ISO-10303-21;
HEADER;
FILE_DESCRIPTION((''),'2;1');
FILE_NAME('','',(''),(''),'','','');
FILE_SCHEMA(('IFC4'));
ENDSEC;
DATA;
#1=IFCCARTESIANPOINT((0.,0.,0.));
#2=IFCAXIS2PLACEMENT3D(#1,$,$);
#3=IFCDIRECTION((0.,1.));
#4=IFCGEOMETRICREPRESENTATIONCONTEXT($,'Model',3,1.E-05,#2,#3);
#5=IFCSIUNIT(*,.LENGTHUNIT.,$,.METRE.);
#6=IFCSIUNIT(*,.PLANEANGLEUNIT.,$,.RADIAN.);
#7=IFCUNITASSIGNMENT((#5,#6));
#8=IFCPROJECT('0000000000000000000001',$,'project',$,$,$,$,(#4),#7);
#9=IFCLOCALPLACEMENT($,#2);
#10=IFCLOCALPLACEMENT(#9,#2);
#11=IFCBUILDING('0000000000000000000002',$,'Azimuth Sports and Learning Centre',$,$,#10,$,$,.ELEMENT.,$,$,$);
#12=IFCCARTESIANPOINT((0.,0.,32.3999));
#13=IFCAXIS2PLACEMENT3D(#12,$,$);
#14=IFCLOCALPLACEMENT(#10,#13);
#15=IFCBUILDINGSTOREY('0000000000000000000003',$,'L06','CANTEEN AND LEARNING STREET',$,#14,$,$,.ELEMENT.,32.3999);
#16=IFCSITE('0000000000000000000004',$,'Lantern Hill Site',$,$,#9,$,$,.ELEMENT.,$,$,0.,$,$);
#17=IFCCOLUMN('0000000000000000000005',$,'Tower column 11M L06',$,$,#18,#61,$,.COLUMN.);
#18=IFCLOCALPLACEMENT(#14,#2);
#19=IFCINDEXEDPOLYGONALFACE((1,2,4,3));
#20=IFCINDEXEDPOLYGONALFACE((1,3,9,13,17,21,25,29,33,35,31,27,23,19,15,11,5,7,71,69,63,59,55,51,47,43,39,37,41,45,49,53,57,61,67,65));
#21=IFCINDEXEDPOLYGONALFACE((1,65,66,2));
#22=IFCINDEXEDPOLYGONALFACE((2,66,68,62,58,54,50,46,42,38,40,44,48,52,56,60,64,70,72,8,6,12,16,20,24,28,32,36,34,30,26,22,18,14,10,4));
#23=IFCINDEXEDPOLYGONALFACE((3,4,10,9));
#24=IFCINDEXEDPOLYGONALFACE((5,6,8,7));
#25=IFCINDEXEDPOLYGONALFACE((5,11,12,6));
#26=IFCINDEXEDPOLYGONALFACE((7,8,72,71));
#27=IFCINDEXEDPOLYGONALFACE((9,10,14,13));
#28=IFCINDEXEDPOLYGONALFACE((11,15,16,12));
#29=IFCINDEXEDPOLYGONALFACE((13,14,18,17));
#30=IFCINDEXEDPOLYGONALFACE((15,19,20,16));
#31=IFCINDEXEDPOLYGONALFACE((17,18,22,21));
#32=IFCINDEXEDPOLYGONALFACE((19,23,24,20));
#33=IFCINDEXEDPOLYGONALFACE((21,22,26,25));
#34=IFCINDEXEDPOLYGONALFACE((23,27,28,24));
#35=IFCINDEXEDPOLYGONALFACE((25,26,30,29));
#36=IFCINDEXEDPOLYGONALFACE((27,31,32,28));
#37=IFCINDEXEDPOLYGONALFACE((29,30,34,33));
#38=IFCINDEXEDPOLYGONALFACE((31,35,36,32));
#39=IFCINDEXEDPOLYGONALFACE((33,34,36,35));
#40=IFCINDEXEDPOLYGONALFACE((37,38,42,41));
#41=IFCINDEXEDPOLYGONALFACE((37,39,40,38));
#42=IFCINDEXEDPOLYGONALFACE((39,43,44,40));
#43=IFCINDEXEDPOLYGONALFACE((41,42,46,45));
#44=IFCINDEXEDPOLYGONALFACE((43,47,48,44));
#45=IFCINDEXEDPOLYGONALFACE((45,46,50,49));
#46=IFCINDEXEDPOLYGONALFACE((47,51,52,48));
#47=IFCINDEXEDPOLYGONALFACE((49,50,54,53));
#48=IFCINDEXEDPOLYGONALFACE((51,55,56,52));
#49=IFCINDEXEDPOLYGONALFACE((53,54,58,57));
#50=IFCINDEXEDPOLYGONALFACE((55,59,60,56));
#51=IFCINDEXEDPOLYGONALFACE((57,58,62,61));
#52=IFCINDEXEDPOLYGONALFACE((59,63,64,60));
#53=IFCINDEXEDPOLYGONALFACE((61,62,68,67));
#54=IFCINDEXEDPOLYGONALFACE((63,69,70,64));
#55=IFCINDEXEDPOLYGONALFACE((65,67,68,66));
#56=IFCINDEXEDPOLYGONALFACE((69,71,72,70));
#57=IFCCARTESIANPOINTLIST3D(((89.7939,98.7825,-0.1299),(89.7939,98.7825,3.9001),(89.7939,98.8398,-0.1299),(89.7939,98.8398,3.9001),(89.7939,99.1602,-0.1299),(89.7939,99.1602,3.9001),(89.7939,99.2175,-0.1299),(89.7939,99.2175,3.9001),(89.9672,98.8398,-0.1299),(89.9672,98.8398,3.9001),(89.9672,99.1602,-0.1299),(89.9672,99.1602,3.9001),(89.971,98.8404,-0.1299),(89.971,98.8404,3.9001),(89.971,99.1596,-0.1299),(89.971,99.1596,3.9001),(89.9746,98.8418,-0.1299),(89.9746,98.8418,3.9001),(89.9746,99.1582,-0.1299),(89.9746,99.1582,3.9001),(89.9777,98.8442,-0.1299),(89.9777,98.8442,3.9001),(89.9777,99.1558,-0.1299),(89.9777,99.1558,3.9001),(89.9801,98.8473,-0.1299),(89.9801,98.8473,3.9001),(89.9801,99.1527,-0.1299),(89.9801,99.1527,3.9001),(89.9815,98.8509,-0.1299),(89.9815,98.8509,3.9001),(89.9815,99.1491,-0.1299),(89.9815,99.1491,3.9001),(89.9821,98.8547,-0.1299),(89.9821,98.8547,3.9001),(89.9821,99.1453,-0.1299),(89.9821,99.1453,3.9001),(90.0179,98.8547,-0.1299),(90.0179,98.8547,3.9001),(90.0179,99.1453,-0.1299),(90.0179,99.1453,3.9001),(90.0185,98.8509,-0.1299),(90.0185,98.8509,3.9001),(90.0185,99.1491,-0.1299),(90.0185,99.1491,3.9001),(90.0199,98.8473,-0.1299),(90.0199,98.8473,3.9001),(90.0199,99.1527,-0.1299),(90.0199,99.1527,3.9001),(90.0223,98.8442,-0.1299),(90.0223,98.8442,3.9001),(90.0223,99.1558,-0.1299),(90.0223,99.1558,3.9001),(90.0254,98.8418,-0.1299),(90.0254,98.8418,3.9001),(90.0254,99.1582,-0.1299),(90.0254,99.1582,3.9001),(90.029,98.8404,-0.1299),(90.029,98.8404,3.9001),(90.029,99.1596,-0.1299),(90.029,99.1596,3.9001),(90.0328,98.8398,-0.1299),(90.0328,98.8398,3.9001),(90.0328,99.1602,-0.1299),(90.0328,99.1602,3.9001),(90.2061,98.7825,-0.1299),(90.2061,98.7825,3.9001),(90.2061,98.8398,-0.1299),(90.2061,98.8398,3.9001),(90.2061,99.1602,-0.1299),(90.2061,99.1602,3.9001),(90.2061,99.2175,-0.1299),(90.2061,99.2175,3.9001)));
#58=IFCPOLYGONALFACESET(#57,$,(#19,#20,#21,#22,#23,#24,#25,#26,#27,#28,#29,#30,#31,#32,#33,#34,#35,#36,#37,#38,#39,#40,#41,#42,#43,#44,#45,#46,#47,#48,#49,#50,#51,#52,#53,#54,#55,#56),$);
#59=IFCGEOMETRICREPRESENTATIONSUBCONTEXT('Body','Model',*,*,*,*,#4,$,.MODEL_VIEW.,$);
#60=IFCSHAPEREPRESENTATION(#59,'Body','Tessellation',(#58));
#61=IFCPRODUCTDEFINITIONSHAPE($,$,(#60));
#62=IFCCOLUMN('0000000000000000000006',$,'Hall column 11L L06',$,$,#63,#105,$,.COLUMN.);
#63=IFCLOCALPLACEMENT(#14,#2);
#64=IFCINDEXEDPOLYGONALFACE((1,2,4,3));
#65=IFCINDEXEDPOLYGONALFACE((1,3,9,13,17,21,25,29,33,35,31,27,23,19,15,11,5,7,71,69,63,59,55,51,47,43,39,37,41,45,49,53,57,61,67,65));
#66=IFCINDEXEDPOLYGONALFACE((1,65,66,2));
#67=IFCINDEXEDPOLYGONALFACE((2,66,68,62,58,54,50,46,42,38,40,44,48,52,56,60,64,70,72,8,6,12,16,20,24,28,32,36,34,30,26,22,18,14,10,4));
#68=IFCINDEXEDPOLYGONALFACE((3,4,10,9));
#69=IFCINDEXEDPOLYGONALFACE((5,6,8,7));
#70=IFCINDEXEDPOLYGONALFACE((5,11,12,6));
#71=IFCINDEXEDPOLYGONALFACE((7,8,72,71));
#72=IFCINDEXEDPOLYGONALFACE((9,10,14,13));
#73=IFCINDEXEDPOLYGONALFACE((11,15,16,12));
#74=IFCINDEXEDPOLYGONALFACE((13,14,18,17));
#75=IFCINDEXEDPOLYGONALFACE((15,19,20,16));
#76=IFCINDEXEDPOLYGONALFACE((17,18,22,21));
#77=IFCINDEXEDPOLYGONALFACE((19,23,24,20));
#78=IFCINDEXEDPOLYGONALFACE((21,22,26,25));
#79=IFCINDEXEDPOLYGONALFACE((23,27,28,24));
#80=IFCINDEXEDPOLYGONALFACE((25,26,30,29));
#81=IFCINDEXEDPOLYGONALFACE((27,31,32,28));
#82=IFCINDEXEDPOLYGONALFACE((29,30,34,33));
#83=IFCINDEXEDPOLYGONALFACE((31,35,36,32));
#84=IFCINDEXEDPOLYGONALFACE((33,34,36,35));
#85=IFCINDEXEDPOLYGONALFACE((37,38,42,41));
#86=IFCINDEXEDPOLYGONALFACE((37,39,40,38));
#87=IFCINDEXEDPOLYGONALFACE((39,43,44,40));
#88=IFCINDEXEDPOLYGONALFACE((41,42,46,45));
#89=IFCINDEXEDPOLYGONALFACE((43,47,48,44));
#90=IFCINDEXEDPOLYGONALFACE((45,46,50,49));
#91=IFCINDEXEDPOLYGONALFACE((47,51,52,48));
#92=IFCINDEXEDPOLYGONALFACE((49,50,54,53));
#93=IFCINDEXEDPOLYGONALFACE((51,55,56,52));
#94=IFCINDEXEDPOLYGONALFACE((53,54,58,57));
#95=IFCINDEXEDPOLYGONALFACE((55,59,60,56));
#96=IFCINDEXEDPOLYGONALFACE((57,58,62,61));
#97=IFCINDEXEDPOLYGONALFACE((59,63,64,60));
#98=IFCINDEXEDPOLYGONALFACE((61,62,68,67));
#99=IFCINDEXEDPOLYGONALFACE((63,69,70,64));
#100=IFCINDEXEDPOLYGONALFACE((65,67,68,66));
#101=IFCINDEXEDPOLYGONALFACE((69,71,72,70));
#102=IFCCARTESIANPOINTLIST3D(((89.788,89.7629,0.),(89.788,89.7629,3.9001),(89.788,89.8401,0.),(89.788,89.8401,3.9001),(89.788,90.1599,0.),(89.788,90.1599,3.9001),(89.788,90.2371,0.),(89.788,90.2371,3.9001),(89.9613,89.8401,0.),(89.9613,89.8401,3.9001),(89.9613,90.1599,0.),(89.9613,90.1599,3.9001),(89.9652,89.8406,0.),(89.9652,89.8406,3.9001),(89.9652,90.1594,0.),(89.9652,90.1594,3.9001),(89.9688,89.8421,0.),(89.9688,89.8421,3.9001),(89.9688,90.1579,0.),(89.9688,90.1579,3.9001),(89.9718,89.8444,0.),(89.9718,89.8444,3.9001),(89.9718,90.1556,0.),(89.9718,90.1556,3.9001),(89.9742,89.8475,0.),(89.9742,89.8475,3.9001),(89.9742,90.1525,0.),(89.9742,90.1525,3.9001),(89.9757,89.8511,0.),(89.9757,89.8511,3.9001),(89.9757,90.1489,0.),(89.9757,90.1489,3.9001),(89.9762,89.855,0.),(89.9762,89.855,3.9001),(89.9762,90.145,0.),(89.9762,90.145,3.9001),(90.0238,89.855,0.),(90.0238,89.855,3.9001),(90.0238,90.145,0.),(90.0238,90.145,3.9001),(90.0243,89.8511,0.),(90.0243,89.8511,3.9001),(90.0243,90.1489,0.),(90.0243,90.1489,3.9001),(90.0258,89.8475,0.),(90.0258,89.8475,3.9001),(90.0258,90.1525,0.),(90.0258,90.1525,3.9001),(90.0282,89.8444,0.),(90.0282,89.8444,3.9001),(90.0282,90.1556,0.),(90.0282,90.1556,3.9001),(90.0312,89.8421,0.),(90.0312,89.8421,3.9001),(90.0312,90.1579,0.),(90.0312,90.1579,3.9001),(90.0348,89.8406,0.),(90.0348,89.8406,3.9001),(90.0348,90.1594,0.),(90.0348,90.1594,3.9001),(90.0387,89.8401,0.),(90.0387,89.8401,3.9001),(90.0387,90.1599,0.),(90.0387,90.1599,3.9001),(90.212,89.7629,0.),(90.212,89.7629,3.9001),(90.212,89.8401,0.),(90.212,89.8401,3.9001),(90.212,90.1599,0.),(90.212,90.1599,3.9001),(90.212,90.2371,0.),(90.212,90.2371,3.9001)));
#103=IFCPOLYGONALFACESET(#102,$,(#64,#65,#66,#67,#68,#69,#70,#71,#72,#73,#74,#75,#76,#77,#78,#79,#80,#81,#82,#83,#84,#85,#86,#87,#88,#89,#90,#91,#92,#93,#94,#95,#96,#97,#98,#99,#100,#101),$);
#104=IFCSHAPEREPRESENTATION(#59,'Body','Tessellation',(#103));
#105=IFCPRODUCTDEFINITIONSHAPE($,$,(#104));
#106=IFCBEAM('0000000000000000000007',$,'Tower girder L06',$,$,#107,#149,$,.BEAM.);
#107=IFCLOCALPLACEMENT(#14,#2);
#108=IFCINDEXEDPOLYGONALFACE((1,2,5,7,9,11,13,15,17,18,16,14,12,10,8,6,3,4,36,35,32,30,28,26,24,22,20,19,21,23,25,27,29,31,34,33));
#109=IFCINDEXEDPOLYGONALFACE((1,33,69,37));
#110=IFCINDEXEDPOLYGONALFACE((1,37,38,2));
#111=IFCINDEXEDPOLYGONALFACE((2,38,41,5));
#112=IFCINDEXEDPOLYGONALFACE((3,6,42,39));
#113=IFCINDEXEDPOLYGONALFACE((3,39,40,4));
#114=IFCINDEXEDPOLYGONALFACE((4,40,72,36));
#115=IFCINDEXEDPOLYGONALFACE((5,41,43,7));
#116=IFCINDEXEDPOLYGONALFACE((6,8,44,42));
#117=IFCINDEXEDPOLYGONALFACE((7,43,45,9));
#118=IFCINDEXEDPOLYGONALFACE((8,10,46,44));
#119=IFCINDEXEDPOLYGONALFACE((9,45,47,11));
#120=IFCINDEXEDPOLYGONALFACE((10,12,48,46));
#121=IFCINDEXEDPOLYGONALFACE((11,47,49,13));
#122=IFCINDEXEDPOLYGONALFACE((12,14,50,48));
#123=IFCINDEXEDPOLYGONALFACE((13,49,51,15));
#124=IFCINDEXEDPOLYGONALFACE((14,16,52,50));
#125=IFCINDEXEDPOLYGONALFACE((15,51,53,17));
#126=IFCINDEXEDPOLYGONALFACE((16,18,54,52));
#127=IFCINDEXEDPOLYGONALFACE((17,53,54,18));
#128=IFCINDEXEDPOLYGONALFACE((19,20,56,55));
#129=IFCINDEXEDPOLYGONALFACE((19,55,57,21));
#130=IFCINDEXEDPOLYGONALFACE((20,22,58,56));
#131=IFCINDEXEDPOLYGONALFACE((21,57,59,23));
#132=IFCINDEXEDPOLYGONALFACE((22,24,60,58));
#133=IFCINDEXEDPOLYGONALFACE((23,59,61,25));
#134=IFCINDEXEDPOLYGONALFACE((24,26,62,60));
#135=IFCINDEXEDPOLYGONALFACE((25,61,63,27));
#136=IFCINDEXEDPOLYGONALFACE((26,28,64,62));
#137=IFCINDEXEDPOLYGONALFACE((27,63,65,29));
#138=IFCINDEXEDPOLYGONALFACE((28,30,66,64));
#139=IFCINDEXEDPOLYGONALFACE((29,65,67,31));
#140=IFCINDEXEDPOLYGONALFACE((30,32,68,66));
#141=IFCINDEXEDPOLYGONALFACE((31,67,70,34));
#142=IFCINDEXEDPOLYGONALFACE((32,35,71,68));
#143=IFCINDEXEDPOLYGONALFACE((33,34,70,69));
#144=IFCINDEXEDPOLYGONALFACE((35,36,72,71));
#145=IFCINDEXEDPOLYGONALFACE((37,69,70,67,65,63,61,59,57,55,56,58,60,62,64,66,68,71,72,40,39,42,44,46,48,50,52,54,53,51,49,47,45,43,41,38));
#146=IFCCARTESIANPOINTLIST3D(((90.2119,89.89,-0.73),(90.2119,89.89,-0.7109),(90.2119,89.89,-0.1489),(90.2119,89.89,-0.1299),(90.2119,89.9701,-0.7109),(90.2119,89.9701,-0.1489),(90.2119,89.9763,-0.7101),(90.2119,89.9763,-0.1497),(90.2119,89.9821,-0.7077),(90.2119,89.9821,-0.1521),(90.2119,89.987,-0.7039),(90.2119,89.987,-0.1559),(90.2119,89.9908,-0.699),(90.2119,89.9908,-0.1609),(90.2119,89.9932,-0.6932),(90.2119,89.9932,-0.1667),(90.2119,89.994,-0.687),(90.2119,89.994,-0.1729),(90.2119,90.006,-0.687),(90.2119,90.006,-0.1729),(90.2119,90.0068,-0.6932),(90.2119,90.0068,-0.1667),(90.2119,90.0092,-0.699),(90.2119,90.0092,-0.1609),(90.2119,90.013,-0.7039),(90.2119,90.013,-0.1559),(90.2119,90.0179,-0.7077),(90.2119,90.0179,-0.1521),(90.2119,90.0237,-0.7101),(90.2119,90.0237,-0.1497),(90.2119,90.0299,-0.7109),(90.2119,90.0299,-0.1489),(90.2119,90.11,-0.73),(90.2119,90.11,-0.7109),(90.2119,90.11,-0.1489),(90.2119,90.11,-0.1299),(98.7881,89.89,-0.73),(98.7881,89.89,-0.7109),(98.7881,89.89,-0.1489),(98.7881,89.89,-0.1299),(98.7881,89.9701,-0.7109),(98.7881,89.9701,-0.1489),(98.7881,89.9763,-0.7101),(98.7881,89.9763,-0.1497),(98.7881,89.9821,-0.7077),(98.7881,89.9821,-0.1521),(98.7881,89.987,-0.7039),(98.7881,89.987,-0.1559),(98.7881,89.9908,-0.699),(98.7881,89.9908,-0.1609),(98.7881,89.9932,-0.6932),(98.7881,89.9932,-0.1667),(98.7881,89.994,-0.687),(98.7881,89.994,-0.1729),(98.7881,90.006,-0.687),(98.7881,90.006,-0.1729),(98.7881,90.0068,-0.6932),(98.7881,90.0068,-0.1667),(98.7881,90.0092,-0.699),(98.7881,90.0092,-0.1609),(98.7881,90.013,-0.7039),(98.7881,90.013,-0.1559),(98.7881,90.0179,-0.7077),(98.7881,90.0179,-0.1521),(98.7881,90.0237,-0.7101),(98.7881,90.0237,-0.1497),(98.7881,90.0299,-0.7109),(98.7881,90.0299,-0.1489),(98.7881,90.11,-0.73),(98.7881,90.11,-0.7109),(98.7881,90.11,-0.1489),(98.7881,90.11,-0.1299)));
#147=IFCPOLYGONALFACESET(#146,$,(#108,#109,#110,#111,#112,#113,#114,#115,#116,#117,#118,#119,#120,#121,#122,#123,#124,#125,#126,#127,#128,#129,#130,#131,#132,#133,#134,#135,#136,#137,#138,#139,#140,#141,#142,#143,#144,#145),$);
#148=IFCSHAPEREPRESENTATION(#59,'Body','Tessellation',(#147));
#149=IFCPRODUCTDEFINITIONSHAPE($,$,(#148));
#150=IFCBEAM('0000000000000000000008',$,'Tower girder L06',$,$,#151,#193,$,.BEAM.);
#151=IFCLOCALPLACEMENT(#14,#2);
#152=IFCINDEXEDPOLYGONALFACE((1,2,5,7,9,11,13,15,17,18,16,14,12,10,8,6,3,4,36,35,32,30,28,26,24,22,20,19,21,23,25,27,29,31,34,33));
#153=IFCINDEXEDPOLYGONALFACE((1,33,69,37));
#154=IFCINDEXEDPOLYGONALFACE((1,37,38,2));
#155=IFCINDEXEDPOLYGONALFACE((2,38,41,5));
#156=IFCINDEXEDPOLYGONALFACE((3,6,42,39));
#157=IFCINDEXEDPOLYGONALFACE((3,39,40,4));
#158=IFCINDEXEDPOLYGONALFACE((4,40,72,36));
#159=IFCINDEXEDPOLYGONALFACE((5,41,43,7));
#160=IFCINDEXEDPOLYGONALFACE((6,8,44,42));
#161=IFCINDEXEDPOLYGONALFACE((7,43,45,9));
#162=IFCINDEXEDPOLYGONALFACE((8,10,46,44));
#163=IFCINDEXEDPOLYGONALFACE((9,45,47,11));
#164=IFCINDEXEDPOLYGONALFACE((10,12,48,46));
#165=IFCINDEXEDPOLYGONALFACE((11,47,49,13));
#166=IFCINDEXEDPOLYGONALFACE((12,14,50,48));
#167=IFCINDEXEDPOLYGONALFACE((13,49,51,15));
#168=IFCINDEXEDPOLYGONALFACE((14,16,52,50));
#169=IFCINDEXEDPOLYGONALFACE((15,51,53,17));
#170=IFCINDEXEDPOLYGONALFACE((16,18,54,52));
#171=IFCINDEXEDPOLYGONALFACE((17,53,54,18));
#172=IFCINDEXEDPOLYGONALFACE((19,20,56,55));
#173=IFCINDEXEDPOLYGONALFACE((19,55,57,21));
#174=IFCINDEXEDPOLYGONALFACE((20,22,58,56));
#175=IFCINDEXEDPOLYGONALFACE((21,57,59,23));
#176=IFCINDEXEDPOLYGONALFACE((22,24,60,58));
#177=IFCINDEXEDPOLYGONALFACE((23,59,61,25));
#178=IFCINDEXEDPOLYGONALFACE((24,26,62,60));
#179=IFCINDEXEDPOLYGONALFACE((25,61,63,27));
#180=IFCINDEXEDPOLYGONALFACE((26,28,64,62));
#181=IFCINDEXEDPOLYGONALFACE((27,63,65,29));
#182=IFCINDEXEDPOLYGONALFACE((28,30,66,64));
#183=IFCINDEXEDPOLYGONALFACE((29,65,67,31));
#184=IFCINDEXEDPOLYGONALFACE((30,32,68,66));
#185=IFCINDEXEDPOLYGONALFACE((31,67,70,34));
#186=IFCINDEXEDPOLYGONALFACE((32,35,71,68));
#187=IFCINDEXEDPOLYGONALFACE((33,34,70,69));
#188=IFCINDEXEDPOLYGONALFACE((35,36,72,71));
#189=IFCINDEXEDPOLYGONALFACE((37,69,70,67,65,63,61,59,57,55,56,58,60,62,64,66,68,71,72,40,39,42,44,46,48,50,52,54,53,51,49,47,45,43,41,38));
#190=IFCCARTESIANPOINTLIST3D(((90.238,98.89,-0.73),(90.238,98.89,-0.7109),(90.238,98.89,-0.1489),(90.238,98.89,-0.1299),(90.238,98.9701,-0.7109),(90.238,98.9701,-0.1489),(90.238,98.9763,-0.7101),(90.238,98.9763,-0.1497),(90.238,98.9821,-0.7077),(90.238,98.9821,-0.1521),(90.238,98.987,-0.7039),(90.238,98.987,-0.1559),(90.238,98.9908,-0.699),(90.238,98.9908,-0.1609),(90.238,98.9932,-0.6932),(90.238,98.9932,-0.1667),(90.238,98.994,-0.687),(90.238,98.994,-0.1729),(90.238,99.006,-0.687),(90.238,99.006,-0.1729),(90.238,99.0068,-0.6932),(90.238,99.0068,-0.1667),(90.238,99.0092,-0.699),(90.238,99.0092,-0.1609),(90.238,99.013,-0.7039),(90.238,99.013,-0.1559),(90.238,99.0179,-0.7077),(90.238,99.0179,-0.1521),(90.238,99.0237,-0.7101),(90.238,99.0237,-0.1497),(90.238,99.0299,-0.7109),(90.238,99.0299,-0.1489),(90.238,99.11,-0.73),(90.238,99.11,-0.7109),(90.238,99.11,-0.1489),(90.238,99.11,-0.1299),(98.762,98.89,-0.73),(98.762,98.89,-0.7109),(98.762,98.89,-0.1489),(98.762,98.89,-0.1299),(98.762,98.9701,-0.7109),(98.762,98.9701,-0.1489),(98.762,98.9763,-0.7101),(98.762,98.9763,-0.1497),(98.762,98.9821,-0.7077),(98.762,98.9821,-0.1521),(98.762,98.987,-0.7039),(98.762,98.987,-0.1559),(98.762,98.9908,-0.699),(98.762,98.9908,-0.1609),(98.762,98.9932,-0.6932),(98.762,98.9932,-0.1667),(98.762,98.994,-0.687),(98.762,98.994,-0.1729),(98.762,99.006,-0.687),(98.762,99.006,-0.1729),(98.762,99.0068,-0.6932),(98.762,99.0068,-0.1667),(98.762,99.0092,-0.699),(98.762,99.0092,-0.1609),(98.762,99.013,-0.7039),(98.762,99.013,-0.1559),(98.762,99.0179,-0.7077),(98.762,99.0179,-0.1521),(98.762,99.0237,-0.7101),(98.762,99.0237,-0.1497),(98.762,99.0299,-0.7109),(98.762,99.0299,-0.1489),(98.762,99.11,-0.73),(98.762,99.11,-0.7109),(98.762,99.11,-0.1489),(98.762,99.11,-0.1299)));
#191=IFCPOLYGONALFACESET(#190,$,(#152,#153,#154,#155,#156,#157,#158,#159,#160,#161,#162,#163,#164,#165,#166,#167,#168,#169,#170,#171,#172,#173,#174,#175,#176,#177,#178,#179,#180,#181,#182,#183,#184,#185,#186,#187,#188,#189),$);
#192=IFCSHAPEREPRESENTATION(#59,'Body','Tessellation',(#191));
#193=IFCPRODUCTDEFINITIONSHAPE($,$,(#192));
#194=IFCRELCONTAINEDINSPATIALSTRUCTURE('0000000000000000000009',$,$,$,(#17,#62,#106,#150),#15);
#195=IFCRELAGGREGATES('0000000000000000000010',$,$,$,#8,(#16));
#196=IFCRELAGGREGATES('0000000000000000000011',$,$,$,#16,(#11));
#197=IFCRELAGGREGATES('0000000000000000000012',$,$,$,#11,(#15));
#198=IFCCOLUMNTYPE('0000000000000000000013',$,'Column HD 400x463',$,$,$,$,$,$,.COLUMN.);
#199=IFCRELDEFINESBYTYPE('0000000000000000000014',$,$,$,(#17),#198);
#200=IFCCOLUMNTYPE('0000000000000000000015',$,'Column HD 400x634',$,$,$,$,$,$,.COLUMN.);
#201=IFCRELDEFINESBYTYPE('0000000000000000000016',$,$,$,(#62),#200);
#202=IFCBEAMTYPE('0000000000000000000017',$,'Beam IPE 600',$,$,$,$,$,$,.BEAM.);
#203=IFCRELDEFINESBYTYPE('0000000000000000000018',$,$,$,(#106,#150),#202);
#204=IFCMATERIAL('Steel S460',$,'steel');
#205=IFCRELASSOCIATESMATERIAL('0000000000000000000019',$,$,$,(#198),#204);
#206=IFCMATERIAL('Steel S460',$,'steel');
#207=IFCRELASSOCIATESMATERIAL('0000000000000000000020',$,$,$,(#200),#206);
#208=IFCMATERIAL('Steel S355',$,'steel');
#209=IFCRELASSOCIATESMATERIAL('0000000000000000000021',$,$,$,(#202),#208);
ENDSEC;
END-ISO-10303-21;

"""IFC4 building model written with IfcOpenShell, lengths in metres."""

from ifc_helpers import new_model, si_unit, direction, frame, origin, origin_2d, place, context, subcontext, project, spatial, i_section, extrude, material, material_profile, profile_set, type_object, element, save


model = new_model("IFC4")

# Units and contexts
model_context = context("Model", 3, precision=1e-05, world=origin(), true_north=direction((0.0, 1.0)))
body_context = subcontext(model_context, "Body", "Model", "MODEL_VIEW")
ifc_project = project(units=[si_unit("LENGTHUNIT", "METRE"), si_unit("PLANEANGLEUNIT", "RADIAN")], contexts=[model_context])

# Site, building, storey
site_placement = place(None, origin())
site = spatial("IfcSite", under=ifc_project, at=site_placement, Name="Lantern Hill Site", CompositionType="ELEMENT", RefElevation=0.0)
building_placement = place(site_placement, origin())
building = spatial("IfcBuilding", under=site, at=building_placement, Name="Azimuth Sports and Learning Centre", CompositionType="ELEMENT")
storey_placement = place(building_placement, frame((0.0, 0.0, 32.3999)))
storey = spatial("IfcBuildingStorey", under=building, at=storey_placement, Name="L06", Description="CANTEEN AND LEARNING STREET", CompositionType="ELEMENT", Elevation=32.3999)

# Columns
ifc_material_1 = material(Name="Steel S460", Category="steel")
ifc_material_profile_1 = material_profile(ifc_material_1, i_section(OverallWidth=0.4121, OverallDepth=0.4351, WebThickness=0.0359, FlangeThickness=0.0574, FilletRadius=0.0149, at=origin_2d()), Name="HD 400x463")
ifc_profile_set_1 = profile_set([ifc_material_profile_1], Name="Steel S460")
column_type_1 = type_object("IfcColumnType", Name="Column HD 400x463", PredefinedType="COLUMN", material=ifc_profile_set_1)
column_1_placement = place(storey_placement, frame((90.0, 99.0, -0.1299), z_axis=(0.0, 0.0, 1.0), x_axis=(1.0, 0.0, 0.0)))
element("IfcColumn", 1, at=column_1_placement, inside=storey, type_object=column_type_1, Name="Tower column 11M L06", PredefinedType="COLUMN", context=body_context, shape_type="SweptSolid", body=[
    extrude(i_section(OverallWidth=0.4121, OverallDepth=0.4351, WebThickness=0.0359, FlangeThickness=0.0574, FilletRadius=0.0149, at=origin_2d()), origin(), (0.0, 0.0, 1.0), 4.03),
])
ifc_material_2 = material(Name="Steel S460", Category="steel")
ifc_material_profile_2 = material_profile(ifc_material_2, i_section(OverallWidth=0.4241, OverallDepth=0.4741, WebThickness=0.0476, FlangeThickness=0.0771, FilletRadius=0.0149, at=origin_2d()), Name="HD 400x634")
ifc_profile_set_2 = profile_set([ifc_material_profile_2], Name="Steel S460")
column_type_2 = type_object("IfcColumnType", Name="Column HD 400x634", PredefinedType="COLUMN", material=ifc_profile_set_2)
column_2_placement = place(storey_placement, frame((90.0, 90.0, 0.0), z_axis=(0.0, 0.0, 1.0), x_axis=(1.0, 0.0, 0.0)))
element("IfcColumn", 2, at=column_2_placement, inside=storey, type_object=column_type_2, Name="Hall column 11L L06", PredefinedType="COLUMN", context=body_context, shape_type="SweptSolid", body=[
    extrude(i_section(OverallWidth=0.4241, OverallDepth=0.4741, WebThickness=0.0476, FlangeThickness=0.0771, FilletRadius=0.0149, at=origin_2d()), origin(), (0.0, 0.0, 1.0), 3.9001),
])

# Beams
ifc_material_3 = material(Name="Steel S355", Category="steel")
ifc_material_profile_3 = material_profile(ifc_material_3, i_section(OverallWidth=0.22, OverallDepth=0.6001, WebThickness=0.012, FlangeThickness=0.019, FilletRadius=0.0239, at=origin_2d()), Name="IPE 600")
ifc_profile_set_3 = profile_set([ifc_material_profile_3], Name="Steel S355")
beam_type_1 = type_object("IfcBeamType", Name="Beam IPE 600", PredefinedType="BEAM", material=ifc_profile_set_3)
beam_1_placement = place(storey_placement, frame((90.2119, 90.0, -0.4299), z_axis=(1.0, 0.0, 0.0), x_axis=(0.0, 1.0, 0.0)))
element("IfcBeam", 3, at=beam_1_placement, inside=storey, type_object=beam_type_1, Name="Tower girder L06", PredefinedType="BEAM", context=body_context, shape_type="SweptSolid", body=[
    extrude(i_section(OverallWidth=0.22, OverallDepth=0.6001, WebThickness=0.012, FlangeThickness=0.019, FilletRadius=0.0239, at=origin_2d()), origin(), (0.0, 0.0, 1.0), 8.5762),
])
beam_2_placement = place(storey_placement, frame((90.238, 99.0, -0.4299), z_axis=(1.0, 0.0, 0.0), x_axis=(0.0, 1.0, 0.0)))
element("IfcBeam", 4, at=beam_2_placement, inside=storey, type_object=beam_type_1, Name="Tower girder L06", PredefinedType="BEAM", context=body_context, shape_type="SweptSolid", body=[
    extrude(i_section(OverallWidth=0.22, OverallDepth=0.6001, WebThickness=0.012, FlangeThickness=0.019, FilletRadius=0.0239, at=origin_2d()), origin(), (0.0, 0.0, 1.0), 8.5239),
])

save(model, "model.ifc")
